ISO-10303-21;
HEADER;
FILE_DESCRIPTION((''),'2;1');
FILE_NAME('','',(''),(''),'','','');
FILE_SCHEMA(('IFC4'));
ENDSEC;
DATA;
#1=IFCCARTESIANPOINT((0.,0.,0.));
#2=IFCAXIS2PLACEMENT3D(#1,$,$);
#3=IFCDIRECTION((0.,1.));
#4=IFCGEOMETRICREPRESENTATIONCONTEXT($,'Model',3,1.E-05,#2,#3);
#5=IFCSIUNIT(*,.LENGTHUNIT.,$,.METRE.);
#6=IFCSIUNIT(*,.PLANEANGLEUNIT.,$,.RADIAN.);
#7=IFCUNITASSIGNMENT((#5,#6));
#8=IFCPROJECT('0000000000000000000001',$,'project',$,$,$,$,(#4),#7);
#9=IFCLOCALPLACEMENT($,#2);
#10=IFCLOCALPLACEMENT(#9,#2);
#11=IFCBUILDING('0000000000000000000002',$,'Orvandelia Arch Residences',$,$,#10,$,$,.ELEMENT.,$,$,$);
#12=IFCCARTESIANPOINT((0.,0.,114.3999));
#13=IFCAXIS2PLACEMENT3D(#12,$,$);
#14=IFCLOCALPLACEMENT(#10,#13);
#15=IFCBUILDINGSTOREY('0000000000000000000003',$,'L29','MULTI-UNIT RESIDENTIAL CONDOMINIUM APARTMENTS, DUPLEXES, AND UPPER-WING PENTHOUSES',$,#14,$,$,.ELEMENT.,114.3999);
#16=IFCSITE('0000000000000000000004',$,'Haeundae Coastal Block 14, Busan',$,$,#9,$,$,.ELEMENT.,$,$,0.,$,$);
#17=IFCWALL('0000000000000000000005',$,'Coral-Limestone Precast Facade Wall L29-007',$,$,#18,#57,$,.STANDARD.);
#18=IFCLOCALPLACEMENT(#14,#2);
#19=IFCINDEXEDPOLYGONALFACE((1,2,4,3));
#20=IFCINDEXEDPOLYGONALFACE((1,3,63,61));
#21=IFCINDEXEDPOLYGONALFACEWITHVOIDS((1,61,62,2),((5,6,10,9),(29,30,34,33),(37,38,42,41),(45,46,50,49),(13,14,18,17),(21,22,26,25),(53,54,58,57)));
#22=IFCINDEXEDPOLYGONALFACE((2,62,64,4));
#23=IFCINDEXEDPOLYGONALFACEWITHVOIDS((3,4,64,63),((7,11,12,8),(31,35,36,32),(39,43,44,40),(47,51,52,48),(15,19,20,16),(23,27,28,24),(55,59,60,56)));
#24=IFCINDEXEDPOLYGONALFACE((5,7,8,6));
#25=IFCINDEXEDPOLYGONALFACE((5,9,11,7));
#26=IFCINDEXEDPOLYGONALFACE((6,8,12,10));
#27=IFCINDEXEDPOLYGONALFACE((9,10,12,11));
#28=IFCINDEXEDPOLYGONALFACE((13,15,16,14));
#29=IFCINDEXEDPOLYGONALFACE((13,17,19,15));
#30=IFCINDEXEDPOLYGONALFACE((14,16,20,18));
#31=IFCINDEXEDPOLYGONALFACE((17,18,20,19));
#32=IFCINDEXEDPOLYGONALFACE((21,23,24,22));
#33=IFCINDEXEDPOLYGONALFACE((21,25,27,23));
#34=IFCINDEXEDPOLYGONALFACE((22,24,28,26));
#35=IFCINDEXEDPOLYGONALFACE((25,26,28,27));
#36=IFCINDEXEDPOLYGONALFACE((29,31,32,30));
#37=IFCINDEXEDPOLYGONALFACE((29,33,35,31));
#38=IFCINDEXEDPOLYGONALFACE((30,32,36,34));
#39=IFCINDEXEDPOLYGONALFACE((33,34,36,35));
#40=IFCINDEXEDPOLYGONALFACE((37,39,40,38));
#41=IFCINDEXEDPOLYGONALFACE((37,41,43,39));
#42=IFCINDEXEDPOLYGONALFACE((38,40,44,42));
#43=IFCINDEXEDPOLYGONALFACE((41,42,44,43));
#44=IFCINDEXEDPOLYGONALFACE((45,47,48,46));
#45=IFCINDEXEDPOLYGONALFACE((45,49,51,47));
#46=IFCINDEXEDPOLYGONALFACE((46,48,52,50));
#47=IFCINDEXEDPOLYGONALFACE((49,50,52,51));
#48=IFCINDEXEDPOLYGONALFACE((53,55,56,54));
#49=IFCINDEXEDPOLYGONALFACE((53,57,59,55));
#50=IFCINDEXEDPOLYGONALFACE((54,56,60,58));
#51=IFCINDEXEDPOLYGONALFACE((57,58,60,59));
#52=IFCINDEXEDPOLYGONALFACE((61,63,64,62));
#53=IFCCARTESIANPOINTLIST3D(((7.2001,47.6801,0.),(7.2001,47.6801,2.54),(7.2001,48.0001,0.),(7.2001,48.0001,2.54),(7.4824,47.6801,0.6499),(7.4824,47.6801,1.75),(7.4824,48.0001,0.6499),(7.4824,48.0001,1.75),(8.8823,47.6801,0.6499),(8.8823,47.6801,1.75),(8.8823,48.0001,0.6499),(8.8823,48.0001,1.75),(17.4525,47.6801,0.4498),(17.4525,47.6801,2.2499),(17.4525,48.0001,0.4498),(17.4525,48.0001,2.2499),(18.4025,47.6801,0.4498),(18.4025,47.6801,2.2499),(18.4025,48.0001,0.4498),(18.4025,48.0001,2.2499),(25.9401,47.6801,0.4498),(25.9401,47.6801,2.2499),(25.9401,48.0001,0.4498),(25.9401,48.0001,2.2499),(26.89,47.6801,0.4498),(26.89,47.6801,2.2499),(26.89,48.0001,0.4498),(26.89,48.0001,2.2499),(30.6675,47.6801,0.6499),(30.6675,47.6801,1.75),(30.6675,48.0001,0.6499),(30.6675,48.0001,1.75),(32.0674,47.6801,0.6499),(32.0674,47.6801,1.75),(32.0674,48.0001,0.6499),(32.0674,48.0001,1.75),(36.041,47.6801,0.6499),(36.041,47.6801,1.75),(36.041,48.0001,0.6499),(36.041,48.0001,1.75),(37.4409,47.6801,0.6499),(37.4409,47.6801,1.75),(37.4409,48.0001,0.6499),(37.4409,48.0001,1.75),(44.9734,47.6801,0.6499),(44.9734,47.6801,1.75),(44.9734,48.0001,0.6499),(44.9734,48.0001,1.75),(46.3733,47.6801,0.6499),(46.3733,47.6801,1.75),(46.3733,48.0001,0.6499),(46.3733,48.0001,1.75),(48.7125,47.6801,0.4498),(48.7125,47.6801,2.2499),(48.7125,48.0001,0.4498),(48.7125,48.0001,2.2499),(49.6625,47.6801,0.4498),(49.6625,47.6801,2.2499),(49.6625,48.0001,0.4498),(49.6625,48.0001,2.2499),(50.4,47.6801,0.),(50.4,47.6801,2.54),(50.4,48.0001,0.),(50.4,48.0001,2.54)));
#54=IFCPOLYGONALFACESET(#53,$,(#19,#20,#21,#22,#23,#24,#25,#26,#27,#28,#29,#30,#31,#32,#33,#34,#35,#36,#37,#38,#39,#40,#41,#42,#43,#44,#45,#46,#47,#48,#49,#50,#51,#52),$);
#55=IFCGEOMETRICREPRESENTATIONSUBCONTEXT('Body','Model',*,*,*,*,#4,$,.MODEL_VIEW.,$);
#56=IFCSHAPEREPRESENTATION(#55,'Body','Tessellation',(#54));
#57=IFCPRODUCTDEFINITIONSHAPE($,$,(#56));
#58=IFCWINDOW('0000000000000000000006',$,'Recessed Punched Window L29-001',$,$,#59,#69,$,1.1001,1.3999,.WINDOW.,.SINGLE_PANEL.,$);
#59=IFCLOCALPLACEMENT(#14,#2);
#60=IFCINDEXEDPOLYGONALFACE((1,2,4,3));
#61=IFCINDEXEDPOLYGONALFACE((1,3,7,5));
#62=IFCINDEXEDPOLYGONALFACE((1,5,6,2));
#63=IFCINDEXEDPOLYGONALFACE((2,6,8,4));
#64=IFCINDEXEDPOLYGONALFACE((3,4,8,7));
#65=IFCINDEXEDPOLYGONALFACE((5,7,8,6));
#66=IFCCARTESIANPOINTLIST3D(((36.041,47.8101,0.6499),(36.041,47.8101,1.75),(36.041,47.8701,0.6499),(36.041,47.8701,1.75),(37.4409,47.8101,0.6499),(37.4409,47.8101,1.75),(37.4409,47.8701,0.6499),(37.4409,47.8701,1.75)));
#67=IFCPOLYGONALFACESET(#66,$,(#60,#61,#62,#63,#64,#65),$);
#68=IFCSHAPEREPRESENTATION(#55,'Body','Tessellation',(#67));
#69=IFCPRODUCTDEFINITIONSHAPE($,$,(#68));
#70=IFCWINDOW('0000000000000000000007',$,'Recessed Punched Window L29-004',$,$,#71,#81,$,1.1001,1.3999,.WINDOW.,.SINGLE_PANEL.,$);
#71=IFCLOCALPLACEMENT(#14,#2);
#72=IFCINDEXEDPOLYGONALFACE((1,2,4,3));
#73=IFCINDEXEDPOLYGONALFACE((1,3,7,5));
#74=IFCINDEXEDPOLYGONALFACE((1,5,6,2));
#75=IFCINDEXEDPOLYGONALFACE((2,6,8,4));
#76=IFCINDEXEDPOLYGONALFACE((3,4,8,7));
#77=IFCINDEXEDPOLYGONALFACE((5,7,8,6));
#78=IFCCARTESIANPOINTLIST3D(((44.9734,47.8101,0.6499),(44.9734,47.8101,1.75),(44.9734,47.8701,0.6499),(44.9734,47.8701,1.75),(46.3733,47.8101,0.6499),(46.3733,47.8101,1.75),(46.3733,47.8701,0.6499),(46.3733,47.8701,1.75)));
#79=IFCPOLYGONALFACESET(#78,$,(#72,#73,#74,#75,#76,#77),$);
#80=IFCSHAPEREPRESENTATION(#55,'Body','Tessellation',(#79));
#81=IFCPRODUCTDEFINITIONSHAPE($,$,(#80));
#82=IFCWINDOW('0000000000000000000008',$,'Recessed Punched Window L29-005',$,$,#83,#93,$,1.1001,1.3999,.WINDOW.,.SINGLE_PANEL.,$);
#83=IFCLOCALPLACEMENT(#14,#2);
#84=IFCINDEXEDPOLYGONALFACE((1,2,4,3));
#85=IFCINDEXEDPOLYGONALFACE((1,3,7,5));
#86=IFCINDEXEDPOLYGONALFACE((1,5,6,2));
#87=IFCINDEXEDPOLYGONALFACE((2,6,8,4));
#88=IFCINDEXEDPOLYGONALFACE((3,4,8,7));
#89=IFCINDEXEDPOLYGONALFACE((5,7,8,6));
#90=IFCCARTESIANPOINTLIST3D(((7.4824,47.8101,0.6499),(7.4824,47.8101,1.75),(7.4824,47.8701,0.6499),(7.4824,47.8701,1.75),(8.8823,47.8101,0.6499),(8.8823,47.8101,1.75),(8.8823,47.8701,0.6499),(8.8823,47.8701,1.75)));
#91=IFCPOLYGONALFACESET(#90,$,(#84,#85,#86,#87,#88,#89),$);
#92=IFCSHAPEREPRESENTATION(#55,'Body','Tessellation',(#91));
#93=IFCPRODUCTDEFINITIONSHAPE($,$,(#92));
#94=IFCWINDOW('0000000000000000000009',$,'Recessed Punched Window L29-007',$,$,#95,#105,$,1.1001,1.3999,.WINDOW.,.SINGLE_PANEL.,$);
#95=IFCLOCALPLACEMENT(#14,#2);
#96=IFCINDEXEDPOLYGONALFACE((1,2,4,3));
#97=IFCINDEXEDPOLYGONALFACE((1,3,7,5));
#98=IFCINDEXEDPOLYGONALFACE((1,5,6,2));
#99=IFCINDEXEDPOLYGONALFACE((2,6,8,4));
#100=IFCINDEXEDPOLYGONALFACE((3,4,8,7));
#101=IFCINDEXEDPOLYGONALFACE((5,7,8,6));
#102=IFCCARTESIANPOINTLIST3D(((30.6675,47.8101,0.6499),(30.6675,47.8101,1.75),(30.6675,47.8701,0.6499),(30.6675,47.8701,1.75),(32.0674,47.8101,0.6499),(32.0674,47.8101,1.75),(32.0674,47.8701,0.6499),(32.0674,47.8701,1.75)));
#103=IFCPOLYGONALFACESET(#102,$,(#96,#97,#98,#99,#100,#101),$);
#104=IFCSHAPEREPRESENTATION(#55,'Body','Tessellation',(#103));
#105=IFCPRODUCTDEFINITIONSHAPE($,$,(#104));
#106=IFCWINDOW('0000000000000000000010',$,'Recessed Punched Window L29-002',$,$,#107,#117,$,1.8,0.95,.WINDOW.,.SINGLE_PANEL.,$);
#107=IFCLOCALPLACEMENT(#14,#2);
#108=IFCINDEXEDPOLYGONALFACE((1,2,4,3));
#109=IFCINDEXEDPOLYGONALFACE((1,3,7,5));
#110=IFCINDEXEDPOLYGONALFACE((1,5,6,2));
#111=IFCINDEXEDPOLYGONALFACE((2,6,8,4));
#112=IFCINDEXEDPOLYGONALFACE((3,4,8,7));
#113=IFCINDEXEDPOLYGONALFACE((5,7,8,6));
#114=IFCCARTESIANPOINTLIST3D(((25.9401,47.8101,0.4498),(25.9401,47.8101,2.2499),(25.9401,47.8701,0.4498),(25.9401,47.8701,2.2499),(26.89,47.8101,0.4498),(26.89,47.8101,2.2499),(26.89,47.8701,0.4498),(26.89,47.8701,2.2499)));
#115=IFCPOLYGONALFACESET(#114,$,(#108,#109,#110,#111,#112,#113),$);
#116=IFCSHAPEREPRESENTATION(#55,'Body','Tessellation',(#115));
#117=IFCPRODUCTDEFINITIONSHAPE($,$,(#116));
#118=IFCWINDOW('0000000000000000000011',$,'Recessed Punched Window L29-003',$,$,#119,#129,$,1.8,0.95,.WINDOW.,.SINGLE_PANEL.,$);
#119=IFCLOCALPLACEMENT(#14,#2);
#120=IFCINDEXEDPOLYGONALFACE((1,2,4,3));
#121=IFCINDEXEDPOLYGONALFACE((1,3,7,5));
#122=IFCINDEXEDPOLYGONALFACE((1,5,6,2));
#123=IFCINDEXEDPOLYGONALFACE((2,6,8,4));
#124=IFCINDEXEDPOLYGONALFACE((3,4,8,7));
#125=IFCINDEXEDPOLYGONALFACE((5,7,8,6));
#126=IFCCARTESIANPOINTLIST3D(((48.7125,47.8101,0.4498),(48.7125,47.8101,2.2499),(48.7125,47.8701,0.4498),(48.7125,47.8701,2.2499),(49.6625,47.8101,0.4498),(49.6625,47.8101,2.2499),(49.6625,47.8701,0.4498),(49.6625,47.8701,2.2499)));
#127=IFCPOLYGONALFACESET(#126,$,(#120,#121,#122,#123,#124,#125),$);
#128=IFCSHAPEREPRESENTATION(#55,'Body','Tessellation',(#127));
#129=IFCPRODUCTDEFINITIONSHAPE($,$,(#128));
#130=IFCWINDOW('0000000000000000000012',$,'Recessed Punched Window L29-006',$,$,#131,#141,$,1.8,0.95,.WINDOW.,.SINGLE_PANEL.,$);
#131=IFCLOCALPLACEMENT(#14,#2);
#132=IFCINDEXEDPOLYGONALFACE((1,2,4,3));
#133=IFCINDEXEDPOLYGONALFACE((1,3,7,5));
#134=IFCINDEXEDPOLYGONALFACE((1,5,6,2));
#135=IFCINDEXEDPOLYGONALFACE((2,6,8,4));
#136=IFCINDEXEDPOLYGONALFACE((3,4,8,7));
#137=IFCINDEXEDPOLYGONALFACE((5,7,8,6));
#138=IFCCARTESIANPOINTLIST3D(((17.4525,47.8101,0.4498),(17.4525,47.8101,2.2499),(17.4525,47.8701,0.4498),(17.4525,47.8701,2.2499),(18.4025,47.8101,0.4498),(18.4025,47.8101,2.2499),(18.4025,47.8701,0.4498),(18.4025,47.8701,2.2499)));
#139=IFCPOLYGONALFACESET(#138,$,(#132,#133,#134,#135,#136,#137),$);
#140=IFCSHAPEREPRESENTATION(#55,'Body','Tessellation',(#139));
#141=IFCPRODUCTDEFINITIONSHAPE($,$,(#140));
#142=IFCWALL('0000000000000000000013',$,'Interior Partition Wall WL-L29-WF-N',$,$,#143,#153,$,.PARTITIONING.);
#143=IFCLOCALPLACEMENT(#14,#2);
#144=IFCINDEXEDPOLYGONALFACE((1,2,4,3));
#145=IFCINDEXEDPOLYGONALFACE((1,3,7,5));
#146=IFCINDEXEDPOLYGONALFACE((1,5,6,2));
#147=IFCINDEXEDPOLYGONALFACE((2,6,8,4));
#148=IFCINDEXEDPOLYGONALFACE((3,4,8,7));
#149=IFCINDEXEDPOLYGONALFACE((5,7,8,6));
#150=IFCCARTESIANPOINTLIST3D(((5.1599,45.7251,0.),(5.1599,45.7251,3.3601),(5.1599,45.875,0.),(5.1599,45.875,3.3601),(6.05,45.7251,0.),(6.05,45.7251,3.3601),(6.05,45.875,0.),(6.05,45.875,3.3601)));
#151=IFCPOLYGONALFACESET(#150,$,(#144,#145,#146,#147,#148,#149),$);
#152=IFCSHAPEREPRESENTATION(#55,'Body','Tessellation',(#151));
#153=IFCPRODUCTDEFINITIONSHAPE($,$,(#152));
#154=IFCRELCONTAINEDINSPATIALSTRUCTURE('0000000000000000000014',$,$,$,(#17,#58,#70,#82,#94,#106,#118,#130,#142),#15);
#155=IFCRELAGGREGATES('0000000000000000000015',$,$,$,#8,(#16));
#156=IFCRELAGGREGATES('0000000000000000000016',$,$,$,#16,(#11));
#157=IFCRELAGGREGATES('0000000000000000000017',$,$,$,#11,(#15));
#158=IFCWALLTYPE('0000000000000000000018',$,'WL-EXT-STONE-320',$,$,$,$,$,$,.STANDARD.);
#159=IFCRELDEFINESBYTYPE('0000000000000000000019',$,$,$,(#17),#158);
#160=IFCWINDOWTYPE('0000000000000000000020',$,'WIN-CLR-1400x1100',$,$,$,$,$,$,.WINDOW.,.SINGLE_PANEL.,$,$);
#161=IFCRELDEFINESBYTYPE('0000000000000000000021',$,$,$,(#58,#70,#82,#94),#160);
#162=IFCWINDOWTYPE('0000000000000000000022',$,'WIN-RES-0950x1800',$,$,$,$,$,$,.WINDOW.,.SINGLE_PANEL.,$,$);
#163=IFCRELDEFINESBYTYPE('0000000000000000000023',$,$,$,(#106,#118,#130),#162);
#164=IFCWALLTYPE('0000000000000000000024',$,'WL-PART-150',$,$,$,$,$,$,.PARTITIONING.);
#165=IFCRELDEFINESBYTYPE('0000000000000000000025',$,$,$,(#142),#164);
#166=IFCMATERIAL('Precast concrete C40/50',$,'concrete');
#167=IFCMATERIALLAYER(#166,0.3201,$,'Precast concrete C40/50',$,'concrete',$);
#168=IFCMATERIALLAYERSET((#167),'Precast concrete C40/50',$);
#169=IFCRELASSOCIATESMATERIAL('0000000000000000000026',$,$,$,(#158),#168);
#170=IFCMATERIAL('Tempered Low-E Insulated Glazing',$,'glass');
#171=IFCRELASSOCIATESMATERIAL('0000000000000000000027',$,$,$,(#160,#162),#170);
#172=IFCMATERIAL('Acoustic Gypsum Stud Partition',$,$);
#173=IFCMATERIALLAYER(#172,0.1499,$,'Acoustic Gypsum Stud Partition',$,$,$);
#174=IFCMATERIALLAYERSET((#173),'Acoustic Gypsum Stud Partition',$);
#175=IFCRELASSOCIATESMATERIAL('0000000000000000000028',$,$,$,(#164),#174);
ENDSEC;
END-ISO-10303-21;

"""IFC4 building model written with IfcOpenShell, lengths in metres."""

from ifc_helpers import new_model, si_unit, direction, frame, frame_2d, origin, place, context, subcontext, project, spatial, rectangle, extrude, material, layer, layer_set, type_object, element, fill, save


model = new_model("IFC4")

# Units and contexts
model_context = context("Model", 3, precision=1e-05, world=origin(), true_north=direction((0.0, 1.0)))
body_context = subcontext(model_context, "Body", "Model", "MODEL_VIEW")
ifc_project = project(units=[si_unit("LENGTHUNIT", "METRE"), si_unit("PLANEANGLEUNIT", "RADIAN")], contexts=[model_context])

# Site, building, storey
site_placement = place(None, origin())
site = spatial("IfcSite", under=ifc_project, at=site_placement, Name="Haeundae Coastal Block 14, Busan", CompositionType="ELEMENT", RefElevation=0.0)
building_placement = place(site_placement, origin())
building = spatial("IfcBuilding", under=site, at=building_placement, Name="Orvandelia Arch Residences", CompositionType="ELEMENT")
storey_placement = place(building_placement, frame((0.0, 0.0, 114.3999)))
storey = spatial("IfcBuildingStorey", under=building, at=storey_placement, Name="L29", Description="MULTI-UNIT RESIDENTIAL CONDOMINIUM APARTMENTS, DUPLEXES, AND UPPER-WING PENTHOUSES", CompositionType="ELEMENT", Elevation=114.3999)

# Shared definitions
ifc_material_1 = material(Name="Precast concrete C40/50", Category="concrete")
ifc_layer_1 = layer(ifc_material_1, 0.3201, Name="Precast concrete C40/50", Category="concrete")
ifc_layer_set_1 = layer_set([ifc_layer_1], Name="Precast concrete C40/50")
wall_type_1 = type_object("IfcWallType", Name="WL-EXT-STONE-320", PredefinedType="STANDARD", material=ifc_layer_set_1)

# Wall, openings, windows
wall_1_placement = place(storey_placement, frame((7.2, 47.8401, 0.0), z_axis=(0.0, 0.0, 1.0), x_axis=(1.0, 0.0, 0.0)))
wall_1 = element("IfcWall", 1, at=wall_1_placement, inside=storey, type_object=wall_type_1, Name="Coral-Limestone Precast Facade Wall L29-007", PredefinedType="STANDARD", context=body_context, shape_type="SweptSolid", body=[
    extrude(rectangle(XDim=43.2, YDim=0.3201, at=frame_2d((21.6001, 0.0))), origin(), (0.0, 0.0, 1.0), 2.54),
])
opening_1_placement = place(wall_1_placement, frame((28.8411, 0.0, 0.6499)))
opening_1 = element("IfcOpeningElement", 2, at=opening_1_placement, cuts=wall_1, PredefinedType="OPENING", context=body_context, shape_type="SweptSolid", body=[
    extrude(rectangle(XDim=1.3999, YDim=1.1001, at=frame_2d((0.7, 0.55))), frame((0.0, 0.1699, 0.0), z_axis=(0.0, -1.0, 0.0), x_axis=(1.0, 0.0, 0.0)), (0.0, 0.0, 1.0), 0.3401),
])
opening_2_placement = place(wall_1_placement, frame((18.74, 0.0, 0.45)))
opening_2 = element("IfcOpeningElement", 3, at=opening_2_placement, cuts=wall_1, PredefinedType="OPENING", context=body_context, shape_type="SweptSolid", body=[
    extrude(rectangle(XDim=0.95, YDim=1.8, at=frame_2d((0.4751, 0.8999))), frame((0.0, 0.1699, 0.0), z_axis=(0.0, -1.0, 0.0), x_axis=(1.0, 0.0, 0.0)), (0.0, 0.0, 1.0), 0.3401),
])
opening_3_placement = place(wall_1_placement, frame((41.5125, 0.0, 0.45)))
opening_3 = element("IfcOpeningElement", 4, at=opening_3_placement, cuts=wall_1, PredefinedType="OPENING", context=body_context, shape_type="SweptSolid", body=[
    extrude(rectangle(XDim=0.95, YDim=1.8, at=frame_2d((0.4751, 0.8999))), frame((0.0, 0.1699, 0.0), z_axis=(0.0, -1.0, 0.0), x_axis=(1.0, 0.0, 0.0)), (0.0, 0.0, 1.0), 0.3401),
])
opening_4_placement = place(wall_1_placement, frame((37.7734, 0.0, 0.6499)))
opening_4 = element("IfcOpeningElement", 5, at=opening_4_placement, cuts=wall_1, PredefinedType="OPENING", context=body_context, shape_type="SweptSolid", body=[
    extrude(rectangle(XDim=1.3999, YDim=1.1001, at=frame_2d((0.7, 0.55))), frame((0.0, 0.1699, 0.0), z_axis=(0.0, -1.0, 0.0), x_axis=(1.0, 0.0, 0.0)), (0.0, 0.0, 1.0), 0.3401),
])
opening_5_placement = place(wall_1_placement, frame((0.2825, 0.0, 0.6499)))
opening_5 = element("IfcOpeningElement", 6, at=opening_5_placement, cuts=wall_1, PredefinedType="OPENING", context=body_context, shape_type="SweptSolid", body=[
    extrude(rectangle(XDim=1.3999, YDim=1.1001, at=frame_2d((0.7, 0.55))), frame((0.0, 0.1699, 0.0), z_axis=(0.0, -1.0, 0.0), x_axis=(1.0, 0.0, 0.0)), (0.0, 0.0, 1.0), 0.3401),
])
opening_6_placement = place(wall_1_placement, frame((10.2524, 0.0, 0.45)))
opening_6 = element("IfcOpeningElement", 7, at=opening_6_placement, cuts=wall_1, PredefinedType="OPENING", context=body_context, shape_type="SweptSolid", body=[
    extrude(rectangle(XDim=0.95, YDim=1.8, at=frame_2d((0.4751, 0.8999))), frame((0.0, 0.1699, 0.0), z_axis=(0.0, -1.0, 0.0), x_axis=(1.0, 0.0, 0.0)), (0.0, 0.0, 1.0), 0.3401),
])
opening_7_placement = place(wall_1_placement, frame((23.4675, 0.0, 0.6499)))
opening_7 = element("IfcOpeningElement", 8, at=opening_7_placement, cuts=wall_1, PredefinedType="OPENING", context=body_context, shape_type="SweptSolid", body=[
    extrude(rectangle(XDim=1.3999, YDim=1.1001, at=frame_2d((0.7, 0.55))), frame((0.0, 0.1699, 0.0), z_axis=(0.0, -1.0, 0.0), x_axis=(1.0, 0.0, 0.0)), (0.0, 0.0, 1.0), 0.3401),
])
ifc_material_2 = material(Name="Tempered Low-E Insulated Glazing", Category="glass")
window_type_1 = type_object("IfcWindowType", Name="WIN-CLR-1400x1100", PartitioningType="SINGLE_PANEL", PredefinedType="WINDOW", material=ifc_material_2)
window_1_placement = place(opening_1_placement, origin())
window_1 = element("IfcWindow", 9, at=window_1_placement, inside=storey, type_object=window_type_1, Name="Recessed Punched Window L29-001", OverallHeight=1.1001, OverallWidth=1.3999, PartitioningType="SINGLE_PANEL", PredefinedType="WINDOW", context=body_context, shape_type="SweptSolid", body=[
    extrude(rectangle(XDim=1.3999, YDim=1.1001, at=frame_2d((0.7, 0.55))), frame((0.0, 0.03, 0.0), z_axis=(0.0, -1.0, 0.0), x_axis=(1.0, 0.0, 0.0)), (0.0, 0.0, 1.0), 0.0601),
])
fill(opening_1, window_1)
window_2_placement = place(opening_4_placement, origin())
window_2 = element("IfcWindow", 10, at=window_2_placement, inside=storey, type_object=window_type_1, Name="Recessed Punched Window L29-004", OverallHeight=1.1001, OverallWidth=1.3999, PartitioningType="SINGLE_PANEL", PredefinedType="WINDOW", context=body_context, shape_type="SweptSolid", body=[
    extrude(rectangle(XDim=1.3999, YDim=1.1001, at=frame_2d((0.7, 0.55))), frame((0.0, 0.03, 0.0), z_axis=(0.0, -1.0, 0.0), x_axis=(1.0, 0.0, 0.0)), (0.0, 0.0, 1.0), 0.0601),
])
fill(opening_4, window_2)
window_3_placement = place(opening_5_placement, origin())
window_3 = element("IfcWindow", 11, at=window_3_placement, inside=storey, type_object=window_type_1, Name="Recessed Punched Window L29-005", OverallHeight=1.1001, OverallWidth=1.3999, PartitioningType="SINGLE_PANEL", PredefinedType="WINDOW", context=body_context, shape_type="SweptSolid", body=[
    extrude(rectangle(XDim=1.3999, YDim=1.1001, at=frame_2d((0.7, 0.55))), frame((0.0, 0.03, 0.0), z_axis=(0.0, -1.0, 0.0), x_axis=(1.0, 0.0, 0.0)), (0.0, 0.0, 1.0), 0.0601),
])
fill(opening_5, window_3)
window_4_placement = place(opening_7_placement, origin())
window_4 = element("IfcWindow", 12, at=window_4_placement, inside=storey, type_object=window_type_1, Name="Recessed Punched Window L29-007", OverallHeight=1.1001, OverallWidth=1.3999, PartitioningType="SINGLE_PANEL", PredefinedType="WINDOW", context=body_context, shape_type="SweptSolid", body=[
    extrude(rectangle(XDim=1.3999, YDim=1.1001, at=frame_2d((0.7, 0.55))), frame((0.0, 0.03, 0.0), z_axis=(0.0, -1.0, 0.0), x_axis=(1.0, 0.0, 0.0)), (0.0, 0.0, 1.0), 0.0601),
])
fill(opening_7, window_4)
window_type_2 = type_object("IfcWindowType", Name="WIN-RES-0950x1800", PartitioningType="SINGLE_PANEL", PredefinedType="WINDOW", material=ifc_material_2)
window_5_placement = place(opening_2_placement, origin())
window_5 = element("IfcWindow", 13, at=window_5_placement, inside=storey, type_object=window_type_2, Name="Recessed Punched Window L29-002", OverallHeight=1.8, OverallWidth=0.95, PartitioningType="SINGLE_PANEL", PredefinedType="WINDOW", context=body_context, shape_type="SweptSolid", body=[
    extrude(rectangle(XDim=0.95, YDim=1.8, at=frame_2d((0.4751, 0.8999))), frame((0.0, 0.03, 0.0), z_axis=(0.0, -1.0, 0.0), x_axis=(1.0, 0.0, 0.0)), (0.0, 0.0, 1.0), 0.0601),
])
fill(opening_2, window_5)
window_6_placement = place(opening_3_placement, origin())
window_6 = element("IfcWindow", 14, at=window_6_placement, inside=storey, type_object=window_type_2, Name="Recessed Punched Window L29-003", OverallHeight=1.8, OverallWidth=0.95, PartitioningType="SINGLE_PANEL", PredefinedType="WINDOW", context=body_context, shape_type="SweptSolid", body=[
    extrude(rectangle(XDim=0.95, YDim=1.8, at=frame_2d((0.4751, 0.8999))), frame((0.0, 0.03, 0.0), z_axis=(0.0, -1.0, 0.0), x_axis=(1.0, 0.0, 0.0)), (0.0, 0.0, 1.0), 0.0601),
])
fill(opening_3, window_6)
window_7_placement = place(opening_6_placement, origin())
window_7 = element("IfcWindow", 15, at=window_7_placement, inside=storey, type_object=window_type_2, Name="Recessed Punched Window L29-006", OverallHeight=1.8, OverallWidth=0.95, PartitioningType="SINGLE_PANEL", PredefinedType="WINDOW", context=body_context, shape_type="SweptSolid", body=[
    extrude(rectangle(XDim=0.95, YDim=1.8, at=frame_2d((0.4751, 0.8999))), frame((0.0, 0.03, 0.0), z_axis=(0.0, -1.0, 0.0), x_axis=(1.0, 0.0, 0.0)), (0.0, 0.0, 1.0), 0.0601),
])
fill(opening_6, window_7)

# Wall
ifc_material_3 = material(Name="Acoustic Gypsum Stud Partition")
ifc_layer_2 = layer(ifc_material_3, 0.1499, Name="Acoustic Gypsum Stud Partition")
ifc_layer_set_2 = layer_set([ifc_layer_2], Name="Acoustic Gypsum Stud Partition")
wall_type_2 = type_object("IfcWallType", Name="WL-PART-150", PredefinedType="PARTITIONING", material=ifc_layer_set_2)
wall_2_placement = place(storey_placement, frame((5.1599, 45.8, 0.0), z_axis=(0.0, 0.0, 1.0), x_axis=(1.0, 0.0, 0.0)))
element("IfcWall", 16, at=wall_2_placement, inside=storey, type_object=wall_type_2, Name="Interior Partition Wall WL-L29-WF-N", PredefinedType="PARTITIONING", context=body_context, shape_type="SweptSolid", body=[
    extrude(rectangle(XDim=0.8901, YDim=0.1499, at=frame_2d((0.4451, 0.0))), origin(), (0.0, 0.0, 1.0), 3.3601),
])

save(model, "model.ifc")
